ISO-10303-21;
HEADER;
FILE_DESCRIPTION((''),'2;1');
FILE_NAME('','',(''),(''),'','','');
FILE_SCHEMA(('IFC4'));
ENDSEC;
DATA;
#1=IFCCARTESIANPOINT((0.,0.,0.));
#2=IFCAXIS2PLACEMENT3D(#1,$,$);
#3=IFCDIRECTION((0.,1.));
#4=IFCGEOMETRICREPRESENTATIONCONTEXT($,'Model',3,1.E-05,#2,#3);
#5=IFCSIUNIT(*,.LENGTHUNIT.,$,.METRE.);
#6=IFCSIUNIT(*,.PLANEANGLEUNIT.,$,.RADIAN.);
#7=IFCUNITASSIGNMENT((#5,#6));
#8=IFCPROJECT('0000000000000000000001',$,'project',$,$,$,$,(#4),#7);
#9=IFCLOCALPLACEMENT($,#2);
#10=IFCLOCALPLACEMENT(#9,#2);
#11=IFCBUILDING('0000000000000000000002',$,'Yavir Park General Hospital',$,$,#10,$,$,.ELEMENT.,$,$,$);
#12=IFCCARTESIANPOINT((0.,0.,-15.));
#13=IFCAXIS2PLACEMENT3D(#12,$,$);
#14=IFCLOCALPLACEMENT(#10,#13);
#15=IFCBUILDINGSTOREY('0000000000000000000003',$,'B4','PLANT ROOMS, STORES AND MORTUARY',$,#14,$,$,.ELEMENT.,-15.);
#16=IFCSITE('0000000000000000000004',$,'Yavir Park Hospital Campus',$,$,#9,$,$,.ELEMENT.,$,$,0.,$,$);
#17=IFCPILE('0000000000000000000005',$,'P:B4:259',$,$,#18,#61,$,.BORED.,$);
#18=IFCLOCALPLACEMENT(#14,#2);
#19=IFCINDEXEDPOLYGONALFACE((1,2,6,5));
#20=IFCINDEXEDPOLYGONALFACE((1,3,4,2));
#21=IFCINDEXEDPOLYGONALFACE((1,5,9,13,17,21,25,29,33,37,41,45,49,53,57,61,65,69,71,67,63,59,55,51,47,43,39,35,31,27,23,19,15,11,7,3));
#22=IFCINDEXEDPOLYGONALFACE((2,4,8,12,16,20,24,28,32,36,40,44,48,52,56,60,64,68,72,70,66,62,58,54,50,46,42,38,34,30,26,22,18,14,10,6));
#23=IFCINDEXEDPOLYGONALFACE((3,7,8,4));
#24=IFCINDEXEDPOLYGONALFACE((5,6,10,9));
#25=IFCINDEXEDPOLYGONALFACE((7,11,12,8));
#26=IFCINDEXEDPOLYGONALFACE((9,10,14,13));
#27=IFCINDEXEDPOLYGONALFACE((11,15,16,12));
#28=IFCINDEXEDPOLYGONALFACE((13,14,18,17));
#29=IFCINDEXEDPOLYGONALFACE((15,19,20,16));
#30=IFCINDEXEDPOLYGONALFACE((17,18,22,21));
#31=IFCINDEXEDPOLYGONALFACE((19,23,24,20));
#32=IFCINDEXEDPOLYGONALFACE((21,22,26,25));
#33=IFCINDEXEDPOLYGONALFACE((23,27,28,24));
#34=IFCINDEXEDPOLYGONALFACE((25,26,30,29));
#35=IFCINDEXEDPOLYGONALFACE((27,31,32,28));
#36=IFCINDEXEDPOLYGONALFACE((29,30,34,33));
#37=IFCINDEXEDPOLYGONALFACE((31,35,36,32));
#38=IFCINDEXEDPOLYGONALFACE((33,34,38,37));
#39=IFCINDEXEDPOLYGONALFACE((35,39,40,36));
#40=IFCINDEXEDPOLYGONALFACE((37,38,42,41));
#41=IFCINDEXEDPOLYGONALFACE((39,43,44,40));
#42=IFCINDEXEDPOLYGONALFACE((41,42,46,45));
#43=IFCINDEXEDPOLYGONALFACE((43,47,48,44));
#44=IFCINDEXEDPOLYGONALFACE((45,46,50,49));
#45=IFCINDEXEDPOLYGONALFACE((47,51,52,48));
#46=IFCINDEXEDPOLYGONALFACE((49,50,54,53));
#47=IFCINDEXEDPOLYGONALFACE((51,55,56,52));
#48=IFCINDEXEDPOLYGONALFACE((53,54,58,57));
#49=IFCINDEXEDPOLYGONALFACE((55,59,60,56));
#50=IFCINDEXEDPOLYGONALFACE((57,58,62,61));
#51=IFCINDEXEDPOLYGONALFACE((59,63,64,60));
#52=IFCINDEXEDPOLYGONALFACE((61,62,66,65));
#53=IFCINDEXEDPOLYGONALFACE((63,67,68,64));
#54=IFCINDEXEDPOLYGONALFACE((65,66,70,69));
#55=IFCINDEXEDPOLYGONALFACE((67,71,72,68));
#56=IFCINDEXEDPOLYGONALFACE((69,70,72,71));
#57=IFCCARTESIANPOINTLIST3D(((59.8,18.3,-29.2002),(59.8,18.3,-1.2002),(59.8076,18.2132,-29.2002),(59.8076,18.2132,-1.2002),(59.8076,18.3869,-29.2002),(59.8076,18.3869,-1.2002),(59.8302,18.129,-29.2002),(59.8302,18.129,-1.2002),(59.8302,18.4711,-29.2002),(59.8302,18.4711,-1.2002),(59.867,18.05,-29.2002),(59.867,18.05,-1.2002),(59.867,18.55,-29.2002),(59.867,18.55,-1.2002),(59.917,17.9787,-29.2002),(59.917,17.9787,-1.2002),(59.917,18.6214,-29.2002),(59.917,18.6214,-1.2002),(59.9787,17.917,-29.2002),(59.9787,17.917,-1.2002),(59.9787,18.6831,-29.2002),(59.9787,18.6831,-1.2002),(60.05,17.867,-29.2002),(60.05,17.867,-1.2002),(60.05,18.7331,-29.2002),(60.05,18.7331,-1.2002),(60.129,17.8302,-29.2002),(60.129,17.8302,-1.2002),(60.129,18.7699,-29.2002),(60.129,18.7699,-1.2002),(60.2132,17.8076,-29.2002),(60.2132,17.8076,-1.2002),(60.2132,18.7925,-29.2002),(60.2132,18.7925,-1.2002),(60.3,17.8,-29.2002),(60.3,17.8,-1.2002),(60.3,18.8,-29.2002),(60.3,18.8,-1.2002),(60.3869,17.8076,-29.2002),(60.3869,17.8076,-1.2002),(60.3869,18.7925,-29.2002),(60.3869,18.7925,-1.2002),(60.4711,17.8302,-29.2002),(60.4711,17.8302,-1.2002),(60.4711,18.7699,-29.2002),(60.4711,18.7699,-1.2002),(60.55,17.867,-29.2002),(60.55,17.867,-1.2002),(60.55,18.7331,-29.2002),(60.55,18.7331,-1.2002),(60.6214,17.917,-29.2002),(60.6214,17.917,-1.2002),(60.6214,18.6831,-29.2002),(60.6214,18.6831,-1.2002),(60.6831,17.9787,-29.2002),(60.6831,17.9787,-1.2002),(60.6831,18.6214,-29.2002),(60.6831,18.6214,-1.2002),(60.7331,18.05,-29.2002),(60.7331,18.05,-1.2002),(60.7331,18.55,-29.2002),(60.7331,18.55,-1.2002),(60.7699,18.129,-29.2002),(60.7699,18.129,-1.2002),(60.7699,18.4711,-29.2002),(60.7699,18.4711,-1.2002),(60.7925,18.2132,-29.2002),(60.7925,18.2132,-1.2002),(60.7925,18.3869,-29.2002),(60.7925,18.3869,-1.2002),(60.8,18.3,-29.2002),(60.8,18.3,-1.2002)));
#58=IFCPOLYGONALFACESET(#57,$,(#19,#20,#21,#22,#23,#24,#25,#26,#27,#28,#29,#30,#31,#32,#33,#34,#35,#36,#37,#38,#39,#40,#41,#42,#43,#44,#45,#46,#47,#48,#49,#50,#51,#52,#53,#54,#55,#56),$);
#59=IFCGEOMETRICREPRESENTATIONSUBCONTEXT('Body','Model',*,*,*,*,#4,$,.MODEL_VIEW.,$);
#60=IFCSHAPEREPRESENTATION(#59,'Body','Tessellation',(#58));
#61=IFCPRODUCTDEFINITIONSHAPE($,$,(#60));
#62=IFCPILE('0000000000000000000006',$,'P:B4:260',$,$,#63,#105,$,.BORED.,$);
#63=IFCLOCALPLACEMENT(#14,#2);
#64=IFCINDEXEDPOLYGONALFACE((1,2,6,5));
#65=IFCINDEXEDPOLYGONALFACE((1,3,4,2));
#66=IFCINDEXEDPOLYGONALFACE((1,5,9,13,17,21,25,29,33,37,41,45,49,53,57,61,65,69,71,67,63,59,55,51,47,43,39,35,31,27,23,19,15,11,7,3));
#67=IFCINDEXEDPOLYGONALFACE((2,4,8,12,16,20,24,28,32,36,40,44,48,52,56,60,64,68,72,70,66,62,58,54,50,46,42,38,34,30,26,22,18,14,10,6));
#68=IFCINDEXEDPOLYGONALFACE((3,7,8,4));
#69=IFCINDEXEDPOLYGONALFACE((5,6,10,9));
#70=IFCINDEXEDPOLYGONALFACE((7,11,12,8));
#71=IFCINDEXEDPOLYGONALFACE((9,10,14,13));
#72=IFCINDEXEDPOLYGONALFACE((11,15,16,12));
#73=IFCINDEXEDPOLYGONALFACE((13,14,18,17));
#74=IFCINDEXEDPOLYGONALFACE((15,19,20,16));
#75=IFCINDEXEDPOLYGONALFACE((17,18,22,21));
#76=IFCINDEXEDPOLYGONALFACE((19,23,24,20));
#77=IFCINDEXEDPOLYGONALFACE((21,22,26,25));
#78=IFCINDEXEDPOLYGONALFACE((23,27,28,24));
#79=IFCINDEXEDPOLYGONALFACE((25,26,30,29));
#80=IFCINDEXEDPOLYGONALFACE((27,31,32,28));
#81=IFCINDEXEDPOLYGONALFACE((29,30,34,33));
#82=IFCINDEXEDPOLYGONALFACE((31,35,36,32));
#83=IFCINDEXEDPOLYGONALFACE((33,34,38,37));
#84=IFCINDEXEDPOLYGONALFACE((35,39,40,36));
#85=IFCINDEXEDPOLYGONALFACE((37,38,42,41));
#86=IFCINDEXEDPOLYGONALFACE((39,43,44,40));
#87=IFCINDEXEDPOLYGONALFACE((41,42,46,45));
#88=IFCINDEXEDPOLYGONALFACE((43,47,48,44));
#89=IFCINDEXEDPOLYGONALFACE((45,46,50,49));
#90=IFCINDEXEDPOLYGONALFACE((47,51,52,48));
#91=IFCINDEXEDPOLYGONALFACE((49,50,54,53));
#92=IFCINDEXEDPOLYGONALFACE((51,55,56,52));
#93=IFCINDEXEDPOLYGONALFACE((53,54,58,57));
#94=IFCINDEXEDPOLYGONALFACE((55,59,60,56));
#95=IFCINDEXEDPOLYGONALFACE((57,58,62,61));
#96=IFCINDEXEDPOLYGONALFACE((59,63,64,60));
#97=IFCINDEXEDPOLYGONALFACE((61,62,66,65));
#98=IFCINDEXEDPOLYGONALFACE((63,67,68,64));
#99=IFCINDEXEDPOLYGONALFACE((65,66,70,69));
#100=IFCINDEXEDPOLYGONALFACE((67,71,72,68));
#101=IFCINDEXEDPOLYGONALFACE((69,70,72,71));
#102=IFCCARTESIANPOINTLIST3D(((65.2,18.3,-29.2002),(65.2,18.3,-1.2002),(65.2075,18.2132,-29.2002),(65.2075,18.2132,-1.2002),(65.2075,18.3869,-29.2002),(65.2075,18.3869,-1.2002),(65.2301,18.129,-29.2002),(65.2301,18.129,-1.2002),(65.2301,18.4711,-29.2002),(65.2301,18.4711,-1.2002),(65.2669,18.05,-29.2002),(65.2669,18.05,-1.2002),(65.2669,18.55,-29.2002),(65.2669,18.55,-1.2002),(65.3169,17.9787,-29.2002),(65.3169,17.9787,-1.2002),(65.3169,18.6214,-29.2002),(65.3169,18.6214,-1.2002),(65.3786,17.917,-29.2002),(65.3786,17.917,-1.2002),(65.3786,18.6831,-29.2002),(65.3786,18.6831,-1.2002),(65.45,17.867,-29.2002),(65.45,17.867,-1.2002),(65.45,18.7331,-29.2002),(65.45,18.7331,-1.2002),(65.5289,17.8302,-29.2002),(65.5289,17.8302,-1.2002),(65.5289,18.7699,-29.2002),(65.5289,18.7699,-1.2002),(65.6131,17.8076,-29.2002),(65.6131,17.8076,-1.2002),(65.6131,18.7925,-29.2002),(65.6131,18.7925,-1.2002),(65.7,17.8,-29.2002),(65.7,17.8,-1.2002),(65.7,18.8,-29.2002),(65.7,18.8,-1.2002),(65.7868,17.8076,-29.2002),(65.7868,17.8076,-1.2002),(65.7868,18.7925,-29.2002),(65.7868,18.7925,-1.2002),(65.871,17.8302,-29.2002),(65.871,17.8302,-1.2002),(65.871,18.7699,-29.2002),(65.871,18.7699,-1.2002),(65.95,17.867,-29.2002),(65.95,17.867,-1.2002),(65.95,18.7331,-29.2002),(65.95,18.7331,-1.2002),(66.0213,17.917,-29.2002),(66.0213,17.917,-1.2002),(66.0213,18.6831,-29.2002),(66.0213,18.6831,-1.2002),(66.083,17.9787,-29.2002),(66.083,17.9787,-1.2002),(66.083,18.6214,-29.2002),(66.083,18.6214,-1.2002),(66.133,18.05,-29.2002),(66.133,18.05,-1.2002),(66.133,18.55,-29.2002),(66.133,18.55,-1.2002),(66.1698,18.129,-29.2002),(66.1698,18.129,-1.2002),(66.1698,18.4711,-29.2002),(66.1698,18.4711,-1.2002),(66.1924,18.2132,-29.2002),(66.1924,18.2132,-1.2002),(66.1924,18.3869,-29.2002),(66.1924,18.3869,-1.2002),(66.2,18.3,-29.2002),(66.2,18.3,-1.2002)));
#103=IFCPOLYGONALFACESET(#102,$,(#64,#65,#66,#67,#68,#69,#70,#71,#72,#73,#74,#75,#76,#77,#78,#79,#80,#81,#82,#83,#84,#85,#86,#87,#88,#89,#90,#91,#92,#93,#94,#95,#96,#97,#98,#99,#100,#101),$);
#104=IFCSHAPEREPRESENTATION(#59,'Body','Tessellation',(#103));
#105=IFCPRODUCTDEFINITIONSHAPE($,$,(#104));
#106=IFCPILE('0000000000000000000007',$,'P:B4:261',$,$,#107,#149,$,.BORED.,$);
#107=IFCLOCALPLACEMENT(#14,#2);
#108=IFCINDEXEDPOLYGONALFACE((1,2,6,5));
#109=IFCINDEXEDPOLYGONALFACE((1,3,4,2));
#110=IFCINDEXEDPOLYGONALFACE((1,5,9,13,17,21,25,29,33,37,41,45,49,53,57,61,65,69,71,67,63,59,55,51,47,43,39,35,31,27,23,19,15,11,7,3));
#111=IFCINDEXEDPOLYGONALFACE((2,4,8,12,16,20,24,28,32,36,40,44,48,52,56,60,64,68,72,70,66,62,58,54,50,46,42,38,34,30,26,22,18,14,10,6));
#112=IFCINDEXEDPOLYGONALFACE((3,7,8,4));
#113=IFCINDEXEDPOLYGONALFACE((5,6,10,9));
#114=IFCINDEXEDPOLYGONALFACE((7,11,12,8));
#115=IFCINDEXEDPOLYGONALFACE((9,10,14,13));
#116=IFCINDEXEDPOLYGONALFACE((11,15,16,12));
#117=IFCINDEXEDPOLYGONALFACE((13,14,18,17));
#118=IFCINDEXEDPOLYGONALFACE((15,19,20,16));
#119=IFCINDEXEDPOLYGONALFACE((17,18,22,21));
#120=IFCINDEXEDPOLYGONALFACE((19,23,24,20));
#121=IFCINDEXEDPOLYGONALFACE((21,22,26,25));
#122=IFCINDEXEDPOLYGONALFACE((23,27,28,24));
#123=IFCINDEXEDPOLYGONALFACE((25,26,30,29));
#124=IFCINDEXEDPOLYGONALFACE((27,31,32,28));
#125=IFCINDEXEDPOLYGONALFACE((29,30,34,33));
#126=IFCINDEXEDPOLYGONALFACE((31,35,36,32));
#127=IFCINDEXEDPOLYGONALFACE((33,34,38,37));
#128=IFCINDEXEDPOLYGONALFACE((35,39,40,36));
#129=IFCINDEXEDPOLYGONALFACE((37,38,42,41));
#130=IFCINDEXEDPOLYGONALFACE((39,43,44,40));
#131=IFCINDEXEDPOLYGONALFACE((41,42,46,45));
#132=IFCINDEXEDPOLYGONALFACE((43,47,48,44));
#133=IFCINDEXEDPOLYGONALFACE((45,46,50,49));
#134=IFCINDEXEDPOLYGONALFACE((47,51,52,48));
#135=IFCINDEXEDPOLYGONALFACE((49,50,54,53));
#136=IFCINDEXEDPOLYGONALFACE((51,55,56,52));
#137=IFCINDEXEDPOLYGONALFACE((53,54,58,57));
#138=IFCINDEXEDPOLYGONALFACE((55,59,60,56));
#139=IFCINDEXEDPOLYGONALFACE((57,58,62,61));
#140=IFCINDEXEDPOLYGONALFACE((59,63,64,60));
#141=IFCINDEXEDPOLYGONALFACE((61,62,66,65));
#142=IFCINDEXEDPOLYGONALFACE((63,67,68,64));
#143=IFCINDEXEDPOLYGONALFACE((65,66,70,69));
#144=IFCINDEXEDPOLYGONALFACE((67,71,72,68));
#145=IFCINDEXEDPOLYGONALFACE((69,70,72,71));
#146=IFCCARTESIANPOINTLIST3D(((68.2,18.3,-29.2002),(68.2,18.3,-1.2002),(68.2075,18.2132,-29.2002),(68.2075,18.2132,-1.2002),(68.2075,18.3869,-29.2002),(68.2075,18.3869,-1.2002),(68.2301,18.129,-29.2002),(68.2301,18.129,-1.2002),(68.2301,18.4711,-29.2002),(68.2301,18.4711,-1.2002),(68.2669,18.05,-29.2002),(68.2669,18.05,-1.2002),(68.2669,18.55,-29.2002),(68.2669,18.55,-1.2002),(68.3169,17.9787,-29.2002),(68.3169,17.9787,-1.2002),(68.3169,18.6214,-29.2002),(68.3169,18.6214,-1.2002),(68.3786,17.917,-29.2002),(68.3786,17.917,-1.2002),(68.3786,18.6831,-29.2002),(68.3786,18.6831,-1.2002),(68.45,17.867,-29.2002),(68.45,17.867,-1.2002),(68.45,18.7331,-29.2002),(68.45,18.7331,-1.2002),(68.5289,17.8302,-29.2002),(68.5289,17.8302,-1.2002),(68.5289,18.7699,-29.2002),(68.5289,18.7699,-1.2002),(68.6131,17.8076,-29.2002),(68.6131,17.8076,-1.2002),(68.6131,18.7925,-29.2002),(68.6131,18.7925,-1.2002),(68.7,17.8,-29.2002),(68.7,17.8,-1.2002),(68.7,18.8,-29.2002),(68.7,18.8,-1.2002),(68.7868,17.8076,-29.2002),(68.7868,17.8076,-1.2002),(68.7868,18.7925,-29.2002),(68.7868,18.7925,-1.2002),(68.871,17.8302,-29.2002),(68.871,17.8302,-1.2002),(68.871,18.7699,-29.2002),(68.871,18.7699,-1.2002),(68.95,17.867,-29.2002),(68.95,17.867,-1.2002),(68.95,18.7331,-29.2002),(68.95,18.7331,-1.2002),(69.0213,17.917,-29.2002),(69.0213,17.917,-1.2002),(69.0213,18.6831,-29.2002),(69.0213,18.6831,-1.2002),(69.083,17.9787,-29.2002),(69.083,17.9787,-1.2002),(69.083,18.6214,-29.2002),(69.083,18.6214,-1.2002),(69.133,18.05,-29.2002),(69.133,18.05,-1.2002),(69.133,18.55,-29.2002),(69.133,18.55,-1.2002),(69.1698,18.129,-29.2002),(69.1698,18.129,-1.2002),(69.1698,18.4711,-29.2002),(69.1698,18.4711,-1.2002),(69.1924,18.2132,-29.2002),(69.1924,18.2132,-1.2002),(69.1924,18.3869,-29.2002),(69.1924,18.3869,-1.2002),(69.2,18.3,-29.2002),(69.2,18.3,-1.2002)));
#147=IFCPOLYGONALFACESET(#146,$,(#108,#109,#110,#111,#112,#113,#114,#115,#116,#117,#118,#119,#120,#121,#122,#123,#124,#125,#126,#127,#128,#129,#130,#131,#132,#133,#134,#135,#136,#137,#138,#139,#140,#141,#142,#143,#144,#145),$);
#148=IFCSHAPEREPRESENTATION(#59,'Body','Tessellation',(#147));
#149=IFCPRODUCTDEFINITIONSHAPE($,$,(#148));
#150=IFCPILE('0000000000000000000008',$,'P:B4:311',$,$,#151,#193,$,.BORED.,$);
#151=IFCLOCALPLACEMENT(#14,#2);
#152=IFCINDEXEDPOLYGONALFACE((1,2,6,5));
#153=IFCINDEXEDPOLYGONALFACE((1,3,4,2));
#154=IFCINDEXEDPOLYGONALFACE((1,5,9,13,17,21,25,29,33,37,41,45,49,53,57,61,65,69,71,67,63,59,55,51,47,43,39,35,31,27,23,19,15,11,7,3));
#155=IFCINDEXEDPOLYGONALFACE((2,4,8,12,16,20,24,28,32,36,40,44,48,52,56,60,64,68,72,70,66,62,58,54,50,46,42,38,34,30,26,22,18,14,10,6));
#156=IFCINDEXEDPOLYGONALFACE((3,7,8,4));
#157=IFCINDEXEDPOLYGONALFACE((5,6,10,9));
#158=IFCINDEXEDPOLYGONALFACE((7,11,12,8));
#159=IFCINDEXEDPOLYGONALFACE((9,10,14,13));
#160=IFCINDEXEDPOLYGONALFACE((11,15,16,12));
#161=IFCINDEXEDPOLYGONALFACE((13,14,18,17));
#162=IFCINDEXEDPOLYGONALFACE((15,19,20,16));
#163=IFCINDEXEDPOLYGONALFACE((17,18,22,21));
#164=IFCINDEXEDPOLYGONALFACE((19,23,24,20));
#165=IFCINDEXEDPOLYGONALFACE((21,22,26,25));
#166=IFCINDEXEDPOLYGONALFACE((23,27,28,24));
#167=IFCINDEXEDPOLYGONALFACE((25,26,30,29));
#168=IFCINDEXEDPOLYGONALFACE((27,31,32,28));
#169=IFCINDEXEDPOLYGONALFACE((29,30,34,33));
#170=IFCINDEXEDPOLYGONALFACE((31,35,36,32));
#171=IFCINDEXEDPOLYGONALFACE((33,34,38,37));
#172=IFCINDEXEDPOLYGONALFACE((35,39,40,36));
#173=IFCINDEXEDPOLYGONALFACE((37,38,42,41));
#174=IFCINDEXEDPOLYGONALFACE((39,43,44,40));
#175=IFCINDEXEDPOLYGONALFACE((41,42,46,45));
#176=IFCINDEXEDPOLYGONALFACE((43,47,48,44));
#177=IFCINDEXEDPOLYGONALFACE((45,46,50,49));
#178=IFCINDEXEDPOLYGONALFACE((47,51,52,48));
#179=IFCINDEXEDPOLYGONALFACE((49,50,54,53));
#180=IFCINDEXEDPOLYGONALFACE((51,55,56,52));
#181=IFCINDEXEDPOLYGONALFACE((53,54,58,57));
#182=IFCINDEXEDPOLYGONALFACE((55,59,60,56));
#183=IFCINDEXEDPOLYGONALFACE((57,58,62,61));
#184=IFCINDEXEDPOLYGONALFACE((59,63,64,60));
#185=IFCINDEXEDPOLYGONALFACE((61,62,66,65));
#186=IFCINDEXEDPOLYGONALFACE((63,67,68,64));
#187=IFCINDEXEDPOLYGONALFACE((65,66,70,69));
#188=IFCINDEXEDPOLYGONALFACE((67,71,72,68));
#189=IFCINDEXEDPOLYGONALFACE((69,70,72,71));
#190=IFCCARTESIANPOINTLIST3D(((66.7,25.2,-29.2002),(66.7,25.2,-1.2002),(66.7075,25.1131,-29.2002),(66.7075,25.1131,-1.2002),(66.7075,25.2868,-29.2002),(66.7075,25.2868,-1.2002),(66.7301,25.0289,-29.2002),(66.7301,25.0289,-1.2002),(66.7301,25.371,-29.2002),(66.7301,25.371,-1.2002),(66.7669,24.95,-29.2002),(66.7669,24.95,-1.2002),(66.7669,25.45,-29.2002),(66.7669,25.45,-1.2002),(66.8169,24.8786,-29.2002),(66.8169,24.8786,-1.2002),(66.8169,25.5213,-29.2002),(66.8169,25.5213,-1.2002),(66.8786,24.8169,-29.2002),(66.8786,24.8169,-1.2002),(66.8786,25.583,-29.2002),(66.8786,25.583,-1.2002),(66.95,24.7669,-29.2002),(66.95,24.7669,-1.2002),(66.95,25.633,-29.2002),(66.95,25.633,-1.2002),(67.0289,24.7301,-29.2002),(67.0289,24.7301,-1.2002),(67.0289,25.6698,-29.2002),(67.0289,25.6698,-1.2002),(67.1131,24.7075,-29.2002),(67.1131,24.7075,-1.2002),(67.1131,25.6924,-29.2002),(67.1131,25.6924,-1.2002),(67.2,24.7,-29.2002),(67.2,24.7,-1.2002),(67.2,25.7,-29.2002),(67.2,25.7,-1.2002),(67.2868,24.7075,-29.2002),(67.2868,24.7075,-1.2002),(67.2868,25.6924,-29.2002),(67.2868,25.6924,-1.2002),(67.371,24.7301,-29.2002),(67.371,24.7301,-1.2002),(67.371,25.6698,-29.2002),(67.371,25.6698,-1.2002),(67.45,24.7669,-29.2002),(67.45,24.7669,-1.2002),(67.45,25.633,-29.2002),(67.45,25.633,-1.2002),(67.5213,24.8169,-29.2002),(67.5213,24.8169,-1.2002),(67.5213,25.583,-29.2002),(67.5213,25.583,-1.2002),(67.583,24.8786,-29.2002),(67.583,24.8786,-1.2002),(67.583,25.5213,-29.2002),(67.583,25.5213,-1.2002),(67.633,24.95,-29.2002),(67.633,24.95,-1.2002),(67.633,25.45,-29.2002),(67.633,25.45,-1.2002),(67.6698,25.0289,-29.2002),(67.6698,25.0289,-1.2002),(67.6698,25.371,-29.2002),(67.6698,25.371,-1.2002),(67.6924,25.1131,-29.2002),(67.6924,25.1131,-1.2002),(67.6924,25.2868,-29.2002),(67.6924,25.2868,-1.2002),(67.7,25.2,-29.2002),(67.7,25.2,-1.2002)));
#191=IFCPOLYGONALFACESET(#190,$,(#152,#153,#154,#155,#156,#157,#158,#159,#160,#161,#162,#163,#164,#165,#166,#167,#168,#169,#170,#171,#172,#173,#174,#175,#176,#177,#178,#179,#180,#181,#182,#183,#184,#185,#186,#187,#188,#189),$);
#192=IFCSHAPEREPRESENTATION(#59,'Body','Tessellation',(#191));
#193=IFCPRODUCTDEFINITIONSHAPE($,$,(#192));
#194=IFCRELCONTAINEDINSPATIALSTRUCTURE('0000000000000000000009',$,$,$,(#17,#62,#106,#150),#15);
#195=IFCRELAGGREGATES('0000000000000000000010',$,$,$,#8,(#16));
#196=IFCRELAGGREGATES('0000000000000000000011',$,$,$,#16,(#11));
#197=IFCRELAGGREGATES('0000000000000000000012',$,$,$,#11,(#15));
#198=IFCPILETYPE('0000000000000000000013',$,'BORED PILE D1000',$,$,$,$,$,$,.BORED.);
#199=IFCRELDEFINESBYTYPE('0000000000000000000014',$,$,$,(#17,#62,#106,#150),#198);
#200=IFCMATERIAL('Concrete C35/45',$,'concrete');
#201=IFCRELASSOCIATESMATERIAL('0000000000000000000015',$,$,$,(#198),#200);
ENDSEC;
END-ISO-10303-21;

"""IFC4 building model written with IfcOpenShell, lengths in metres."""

from ifc_helpers import new_model, si_unit, direction, frame, origin, origin_2d, place, context, subcontext, project, spatial, circle, extrude, material, material_profile, profile_set, type_object, element, save


model = new_model("IFC4")

# Units and contexts
model_context = context("Model", 3, precision=1e-05, world=origin(), true_north=direction((0.0, 1.0)))
body_context = subcontext(model_context, "Body", "Model", "MODEL_VIEW")
ifc_project = project(units=[si_unit("LENGTHUNIT", "METRE"), si_unit("PLANEANGLEUNIT", "RADIAN")], contexts=[model_context])

# Site, building, storey
site_placement = place(None, origin())
site = spatial("IfcSite", under=ifc_project, at=site_placement, Name="Yavir Park Hospital Campus", CompositionType="ELEMENT", RefElevation=0.0)
building_placement = place(site_placement, origin())
building = spatial("IfcBuilding", under=site, at=building_placement, Name="Yavir Park General Hospital", CompositionType="ELEMENT")
storey_placement = place(building_placement, frame((0.0, 0.0, -15.0)))
storey = spatial("IfcBuildingStorey", under=building, at=storey_placement, Name="B4", Description="PLANT ROOMS, STORES AND MORTUARY", CompositionType="ELEMENT", Elevation=-15.0)

# Piles
ifc_material_1 = material(Name="Concrete C35/45", Category="concrete")
ifc_material_profile_1 = material_profile(ifc_material_1, circle(Radius=0.5, at=origin_2d()), Name="D1000")
ifc_profile_set_1 = profile_set([ifc_material_profile_1], Name="Concrete C35/45")
pile_type_1 = type_object("IfcPileType", Name="BORED PILE D1000", PredefinedType="BORED", material=ifc_profile_set_1)
for number, where, z_axis, x_axis, name in (
    (1, (60.3, 18.3, -1.2002), (0.0, 0.0, -1.0), (1.0, 0.0, 0.0), "P:B4:259"),
    (2, (65.7, 18.3, -1.2002), (0.0, 0.0, -1.0), (1.0, 0.0, 0.0), "P:B4:260"),
    (3, (68.7, 18.3, -1.2002), (0.0, 0.0, -1.0), (1.0, 0.0, 0.0), "P:B4:261"),
    (4, (67.2, 25.2, -1.2002), (0.0, 0.0, -1.0), (1.0, 0.0, 0.0), "P:B4:311"),
):
    element("IfcPile", number, at=place(storey_placement, frame(where, z_axis=z_axis, x_axis=x_axis)), inside=storey, type_object=pile_type_1, Name=name, PredefinedType="BORED", context=body_context, shape_type="SweptSolid", body=[
        extrude(circle(Radius=0.5, at=origin_2d()), origin(), (0.0, 0.0, 1.0), 28.0),
    ])

save(model, "model.ifc")
